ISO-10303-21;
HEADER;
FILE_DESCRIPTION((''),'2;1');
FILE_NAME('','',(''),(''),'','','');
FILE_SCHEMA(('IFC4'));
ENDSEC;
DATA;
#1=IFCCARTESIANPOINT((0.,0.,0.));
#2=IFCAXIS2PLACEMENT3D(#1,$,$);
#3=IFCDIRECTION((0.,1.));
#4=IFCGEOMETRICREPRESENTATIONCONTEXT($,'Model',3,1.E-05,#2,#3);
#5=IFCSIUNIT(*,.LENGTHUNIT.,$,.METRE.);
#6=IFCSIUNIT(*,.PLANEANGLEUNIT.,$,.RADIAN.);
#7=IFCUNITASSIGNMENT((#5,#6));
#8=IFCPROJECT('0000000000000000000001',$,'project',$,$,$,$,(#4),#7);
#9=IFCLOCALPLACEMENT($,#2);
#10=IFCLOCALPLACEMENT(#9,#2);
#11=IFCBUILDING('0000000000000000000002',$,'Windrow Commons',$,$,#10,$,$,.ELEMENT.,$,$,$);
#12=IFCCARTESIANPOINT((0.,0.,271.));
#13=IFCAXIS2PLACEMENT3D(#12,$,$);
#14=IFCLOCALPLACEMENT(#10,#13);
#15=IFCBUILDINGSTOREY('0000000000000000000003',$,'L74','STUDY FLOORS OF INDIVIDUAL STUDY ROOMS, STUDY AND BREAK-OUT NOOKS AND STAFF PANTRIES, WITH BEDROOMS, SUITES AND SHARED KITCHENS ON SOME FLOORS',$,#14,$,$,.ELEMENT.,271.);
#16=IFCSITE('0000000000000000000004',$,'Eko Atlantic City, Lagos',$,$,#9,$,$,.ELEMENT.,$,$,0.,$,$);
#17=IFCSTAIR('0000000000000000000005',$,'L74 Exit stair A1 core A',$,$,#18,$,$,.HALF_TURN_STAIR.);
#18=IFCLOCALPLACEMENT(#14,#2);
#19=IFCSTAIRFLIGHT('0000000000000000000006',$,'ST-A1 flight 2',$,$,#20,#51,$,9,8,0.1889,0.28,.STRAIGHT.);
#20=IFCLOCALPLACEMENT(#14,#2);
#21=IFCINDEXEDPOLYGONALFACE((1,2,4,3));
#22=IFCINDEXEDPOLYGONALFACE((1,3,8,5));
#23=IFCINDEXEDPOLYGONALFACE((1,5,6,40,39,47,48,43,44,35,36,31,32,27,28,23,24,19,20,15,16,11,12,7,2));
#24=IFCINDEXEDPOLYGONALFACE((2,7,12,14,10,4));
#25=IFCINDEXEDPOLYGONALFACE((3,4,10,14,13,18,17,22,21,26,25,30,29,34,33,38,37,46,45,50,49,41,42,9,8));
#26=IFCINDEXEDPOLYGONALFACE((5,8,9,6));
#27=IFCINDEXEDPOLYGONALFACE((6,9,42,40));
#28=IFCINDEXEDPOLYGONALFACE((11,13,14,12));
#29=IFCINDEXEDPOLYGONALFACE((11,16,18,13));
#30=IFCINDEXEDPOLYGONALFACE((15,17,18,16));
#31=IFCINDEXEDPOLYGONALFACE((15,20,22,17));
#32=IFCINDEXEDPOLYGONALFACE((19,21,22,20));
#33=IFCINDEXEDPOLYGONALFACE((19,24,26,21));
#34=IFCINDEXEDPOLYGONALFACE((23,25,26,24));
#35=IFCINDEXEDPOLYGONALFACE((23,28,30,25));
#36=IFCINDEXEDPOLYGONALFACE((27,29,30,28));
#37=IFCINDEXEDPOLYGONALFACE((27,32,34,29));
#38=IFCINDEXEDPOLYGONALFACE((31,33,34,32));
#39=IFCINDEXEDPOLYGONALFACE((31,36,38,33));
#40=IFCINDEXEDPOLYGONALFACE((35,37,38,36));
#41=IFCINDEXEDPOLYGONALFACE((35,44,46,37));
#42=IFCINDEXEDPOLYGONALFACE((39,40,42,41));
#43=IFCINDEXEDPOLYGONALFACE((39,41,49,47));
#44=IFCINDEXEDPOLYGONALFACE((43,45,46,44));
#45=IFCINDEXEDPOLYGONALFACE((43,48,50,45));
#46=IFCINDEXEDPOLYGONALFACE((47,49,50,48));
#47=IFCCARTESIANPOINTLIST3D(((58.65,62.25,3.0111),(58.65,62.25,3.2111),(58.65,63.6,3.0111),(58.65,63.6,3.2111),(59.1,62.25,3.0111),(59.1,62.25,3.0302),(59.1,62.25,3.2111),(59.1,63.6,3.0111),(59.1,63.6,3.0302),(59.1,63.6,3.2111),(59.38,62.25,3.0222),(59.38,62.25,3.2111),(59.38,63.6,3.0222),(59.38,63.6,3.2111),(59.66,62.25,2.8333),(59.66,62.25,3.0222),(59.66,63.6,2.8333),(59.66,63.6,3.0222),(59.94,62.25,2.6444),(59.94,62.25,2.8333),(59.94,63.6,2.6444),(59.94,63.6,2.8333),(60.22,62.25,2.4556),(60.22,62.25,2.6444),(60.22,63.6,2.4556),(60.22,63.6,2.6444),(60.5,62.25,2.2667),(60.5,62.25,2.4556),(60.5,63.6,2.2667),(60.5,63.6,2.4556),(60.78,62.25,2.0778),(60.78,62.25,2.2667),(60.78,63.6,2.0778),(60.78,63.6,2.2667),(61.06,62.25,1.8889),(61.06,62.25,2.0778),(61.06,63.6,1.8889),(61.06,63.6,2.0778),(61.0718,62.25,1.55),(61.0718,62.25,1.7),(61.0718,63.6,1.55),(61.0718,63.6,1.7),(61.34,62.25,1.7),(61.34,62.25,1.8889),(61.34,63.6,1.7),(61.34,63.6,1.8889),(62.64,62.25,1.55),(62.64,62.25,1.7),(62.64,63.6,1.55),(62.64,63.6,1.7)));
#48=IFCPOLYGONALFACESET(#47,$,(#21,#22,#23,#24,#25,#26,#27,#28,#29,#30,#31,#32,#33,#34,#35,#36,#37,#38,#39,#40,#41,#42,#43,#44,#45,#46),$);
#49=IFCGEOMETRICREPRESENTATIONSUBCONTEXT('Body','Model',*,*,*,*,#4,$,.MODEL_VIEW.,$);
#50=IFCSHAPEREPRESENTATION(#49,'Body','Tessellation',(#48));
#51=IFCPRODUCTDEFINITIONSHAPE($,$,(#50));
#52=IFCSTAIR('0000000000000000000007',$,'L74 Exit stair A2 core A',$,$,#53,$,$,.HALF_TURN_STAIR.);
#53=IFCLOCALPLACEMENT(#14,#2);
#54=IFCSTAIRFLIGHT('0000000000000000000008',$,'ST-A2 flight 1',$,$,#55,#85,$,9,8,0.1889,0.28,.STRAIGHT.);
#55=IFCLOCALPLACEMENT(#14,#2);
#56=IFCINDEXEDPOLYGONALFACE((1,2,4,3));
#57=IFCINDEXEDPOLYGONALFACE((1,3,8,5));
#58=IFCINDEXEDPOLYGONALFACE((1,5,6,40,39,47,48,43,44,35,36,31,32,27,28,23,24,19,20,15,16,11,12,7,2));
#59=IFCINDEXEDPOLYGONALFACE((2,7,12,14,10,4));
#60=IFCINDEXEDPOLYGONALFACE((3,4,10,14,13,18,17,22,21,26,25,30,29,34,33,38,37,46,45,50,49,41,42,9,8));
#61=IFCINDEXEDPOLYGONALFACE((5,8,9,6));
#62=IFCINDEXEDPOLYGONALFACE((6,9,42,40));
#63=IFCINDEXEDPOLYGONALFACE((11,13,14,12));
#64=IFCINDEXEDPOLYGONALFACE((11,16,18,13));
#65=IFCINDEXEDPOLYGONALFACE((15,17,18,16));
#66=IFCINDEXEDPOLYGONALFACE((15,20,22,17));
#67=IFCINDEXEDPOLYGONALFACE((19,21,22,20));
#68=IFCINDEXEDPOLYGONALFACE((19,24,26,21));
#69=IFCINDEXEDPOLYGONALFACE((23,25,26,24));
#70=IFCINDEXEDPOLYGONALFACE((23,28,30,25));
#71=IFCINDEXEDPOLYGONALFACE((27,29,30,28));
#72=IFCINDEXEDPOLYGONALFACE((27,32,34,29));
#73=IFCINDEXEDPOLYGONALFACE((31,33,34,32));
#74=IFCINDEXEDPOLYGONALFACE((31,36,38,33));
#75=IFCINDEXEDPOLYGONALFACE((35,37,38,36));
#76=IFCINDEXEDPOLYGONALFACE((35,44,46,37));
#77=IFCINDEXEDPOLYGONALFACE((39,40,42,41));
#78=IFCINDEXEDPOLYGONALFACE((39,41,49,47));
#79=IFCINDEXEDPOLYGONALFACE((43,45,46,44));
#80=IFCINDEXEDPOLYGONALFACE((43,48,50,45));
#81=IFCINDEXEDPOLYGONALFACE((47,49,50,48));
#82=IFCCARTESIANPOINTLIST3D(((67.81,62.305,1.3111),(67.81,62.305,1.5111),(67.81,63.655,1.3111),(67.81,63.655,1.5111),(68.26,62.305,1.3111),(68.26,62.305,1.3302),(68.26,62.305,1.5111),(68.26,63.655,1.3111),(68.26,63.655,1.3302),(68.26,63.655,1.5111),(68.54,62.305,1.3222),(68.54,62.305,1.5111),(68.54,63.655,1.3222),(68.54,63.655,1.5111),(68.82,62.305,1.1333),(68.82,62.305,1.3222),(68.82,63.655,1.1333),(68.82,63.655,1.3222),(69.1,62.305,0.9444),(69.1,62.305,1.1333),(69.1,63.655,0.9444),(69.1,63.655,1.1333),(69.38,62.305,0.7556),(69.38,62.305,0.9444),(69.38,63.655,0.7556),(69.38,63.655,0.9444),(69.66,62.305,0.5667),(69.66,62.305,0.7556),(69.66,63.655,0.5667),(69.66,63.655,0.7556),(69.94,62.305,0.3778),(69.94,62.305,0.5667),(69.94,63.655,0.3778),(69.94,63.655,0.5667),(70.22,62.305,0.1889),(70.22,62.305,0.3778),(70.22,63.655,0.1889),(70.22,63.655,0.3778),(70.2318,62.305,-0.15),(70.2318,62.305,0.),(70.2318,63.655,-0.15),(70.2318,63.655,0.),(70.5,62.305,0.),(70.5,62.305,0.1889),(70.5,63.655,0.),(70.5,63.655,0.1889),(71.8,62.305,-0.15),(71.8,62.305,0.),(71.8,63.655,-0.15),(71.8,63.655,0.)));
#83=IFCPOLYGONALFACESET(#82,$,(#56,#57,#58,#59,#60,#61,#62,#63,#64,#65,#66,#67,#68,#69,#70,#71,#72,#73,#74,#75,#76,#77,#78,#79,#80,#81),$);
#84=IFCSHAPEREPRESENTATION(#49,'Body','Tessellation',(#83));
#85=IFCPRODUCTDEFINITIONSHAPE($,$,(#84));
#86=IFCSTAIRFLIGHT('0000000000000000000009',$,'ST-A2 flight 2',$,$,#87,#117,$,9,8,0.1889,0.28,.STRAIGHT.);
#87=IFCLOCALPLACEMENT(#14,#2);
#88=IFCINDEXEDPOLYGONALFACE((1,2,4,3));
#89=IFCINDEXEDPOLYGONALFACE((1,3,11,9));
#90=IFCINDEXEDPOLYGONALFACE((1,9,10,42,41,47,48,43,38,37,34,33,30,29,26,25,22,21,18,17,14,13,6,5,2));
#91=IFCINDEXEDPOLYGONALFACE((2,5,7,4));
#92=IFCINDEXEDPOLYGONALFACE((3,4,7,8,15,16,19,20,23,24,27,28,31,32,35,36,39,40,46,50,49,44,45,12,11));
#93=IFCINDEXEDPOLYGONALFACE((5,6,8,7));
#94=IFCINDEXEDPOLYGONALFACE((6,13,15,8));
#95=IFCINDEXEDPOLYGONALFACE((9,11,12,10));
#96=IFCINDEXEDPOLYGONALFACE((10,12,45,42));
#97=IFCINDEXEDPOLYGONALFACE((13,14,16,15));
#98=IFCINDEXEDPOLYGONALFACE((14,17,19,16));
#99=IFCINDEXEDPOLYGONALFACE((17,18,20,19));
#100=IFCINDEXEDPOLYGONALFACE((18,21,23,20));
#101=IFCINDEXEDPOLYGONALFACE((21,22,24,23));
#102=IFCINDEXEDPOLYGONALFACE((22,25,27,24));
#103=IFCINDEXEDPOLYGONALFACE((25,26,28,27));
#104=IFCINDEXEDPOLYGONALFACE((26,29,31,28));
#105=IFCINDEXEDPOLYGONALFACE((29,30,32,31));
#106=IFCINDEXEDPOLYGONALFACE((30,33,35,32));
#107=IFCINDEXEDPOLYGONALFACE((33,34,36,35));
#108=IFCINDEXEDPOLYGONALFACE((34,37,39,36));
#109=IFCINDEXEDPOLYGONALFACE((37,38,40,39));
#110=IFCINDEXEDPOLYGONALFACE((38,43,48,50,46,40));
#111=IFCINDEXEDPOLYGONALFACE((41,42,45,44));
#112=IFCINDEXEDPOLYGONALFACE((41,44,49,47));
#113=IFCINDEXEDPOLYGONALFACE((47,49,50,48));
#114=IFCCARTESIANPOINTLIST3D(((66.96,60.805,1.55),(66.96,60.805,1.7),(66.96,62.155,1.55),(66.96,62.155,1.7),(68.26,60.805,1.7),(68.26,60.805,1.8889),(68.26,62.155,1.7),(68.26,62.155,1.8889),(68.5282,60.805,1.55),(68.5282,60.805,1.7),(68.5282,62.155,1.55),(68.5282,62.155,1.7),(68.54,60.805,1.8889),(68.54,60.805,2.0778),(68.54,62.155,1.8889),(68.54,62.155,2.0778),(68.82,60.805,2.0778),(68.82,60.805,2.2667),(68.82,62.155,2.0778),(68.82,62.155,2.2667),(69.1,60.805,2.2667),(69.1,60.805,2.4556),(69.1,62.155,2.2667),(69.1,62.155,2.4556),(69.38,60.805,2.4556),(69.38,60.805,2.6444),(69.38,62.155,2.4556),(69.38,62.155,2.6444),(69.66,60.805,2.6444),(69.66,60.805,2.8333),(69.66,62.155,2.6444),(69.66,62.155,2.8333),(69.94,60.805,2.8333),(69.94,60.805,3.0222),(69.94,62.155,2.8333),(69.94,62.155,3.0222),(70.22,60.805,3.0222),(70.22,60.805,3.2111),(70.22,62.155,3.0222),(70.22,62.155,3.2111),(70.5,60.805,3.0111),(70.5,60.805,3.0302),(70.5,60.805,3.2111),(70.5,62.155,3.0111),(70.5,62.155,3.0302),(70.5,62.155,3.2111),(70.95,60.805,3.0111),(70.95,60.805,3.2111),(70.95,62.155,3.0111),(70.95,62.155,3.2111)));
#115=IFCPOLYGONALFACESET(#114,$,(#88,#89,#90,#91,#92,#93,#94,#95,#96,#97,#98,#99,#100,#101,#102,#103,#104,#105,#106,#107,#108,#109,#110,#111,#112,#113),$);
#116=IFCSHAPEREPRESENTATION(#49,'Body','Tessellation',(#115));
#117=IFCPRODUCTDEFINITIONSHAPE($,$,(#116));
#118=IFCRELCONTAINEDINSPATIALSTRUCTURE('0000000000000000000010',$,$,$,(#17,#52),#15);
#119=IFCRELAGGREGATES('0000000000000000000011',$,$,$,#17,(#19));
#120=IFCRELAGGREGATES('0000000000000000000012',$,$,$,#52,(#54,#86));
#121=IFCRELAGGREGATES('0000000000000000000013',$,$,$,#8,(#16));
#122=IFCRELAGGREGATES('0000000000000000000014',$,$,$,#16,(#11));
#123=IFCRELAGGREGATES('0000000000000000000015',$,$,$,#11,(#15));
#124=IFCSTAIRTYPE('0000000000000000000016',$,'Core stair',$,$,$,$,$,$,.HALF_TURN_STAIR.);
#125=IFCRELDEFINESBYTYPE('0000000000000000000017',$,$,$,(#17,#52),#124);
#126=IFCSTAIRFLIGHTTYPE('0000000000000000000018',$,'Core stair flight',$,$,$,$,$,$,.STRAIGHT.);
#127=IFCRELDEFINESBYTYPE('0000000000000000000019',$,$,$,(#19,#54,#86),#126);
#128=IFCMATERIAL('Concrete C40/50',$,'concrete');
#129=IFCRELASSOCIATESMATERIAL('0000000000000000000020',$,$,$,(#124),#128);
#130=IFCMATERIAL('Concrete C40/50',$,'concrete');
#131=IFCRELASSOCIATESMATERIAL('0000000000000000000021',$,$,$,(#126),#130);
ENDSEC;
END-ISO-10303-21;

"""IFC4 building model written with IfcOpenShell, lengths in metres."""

from ifc_helpers import new_model, si_unit, direction, frame, origin, place, context, subcontext, project, spatial, polyline, outline, extrude, material, type_object, element, aggregate, save


model = new_model("IFC4")

# Units and contexts
model_context = context("Model", 3, precision=1e-05, world=origin(), true_north=direction((0.0, 1.0)))
body_context = subcontext(model_context, "Body", "Model", "MODEL_VIEW")
ifc_project = project(units=[si_unit("LENGTHUNIT", "METRE"), si_unit("PLANEANGLEUNIT", "RADIAN")], contexts=[model_context])

# Site, building, storey
site_placement = place(None, origin())
site = spatial("IfcSite", under=ifc_project, at=site_placement, Name="Eko Atlantic City, Lagos", CompositionType="ELEMENT", RefElevation=0.0)
building_placement = place(site_placement, origin())
building = spatial("IfcBuilding", under=site, at=building_placement, Name="Windrow Commons", CompositionType="ELEMENT")
storey_placement = place(building_placement, frame((0.0, 0.0, 271.0)))
storey = spatial("IfcBuildingStorey", under=building, at=storey_placement, Name="L74", Description="STUDY FLOORS OF INDIVIDUAL STUDY ROOMS, STUDY AND BREAK-OUT NOOKS AND STAFF PANTRIES, WITH BEDROOMS, SUITES AND SHARED KITCHENS ON SOME FLOORS", CompositionType="ELEMENT", Elevation=271.0)

# Stair, stair flight
ifc_material_1 = material(Name="Concrete C40/50", Category="concrete")
stair_type = type_object("IfcStairType", Name="Core stair", PredefinedType="HALF_TURN_STAIR", material=ifc_material_1)
placement = place(storey_placement, origin())
stair_1 = element("IfcStair", 1, at=placement, inside=storey, type_object=stair_type, Name="L74 Exit stair A1 core A", PredefinedType="HALF_TURN_STAIR")
ifc_material_2 = material(Name="Concrete C40/50", Category="concrete")
stair_flight_type = type_object("IfcStairFlightType", Name="Core stair flight", PredefinedType="STRAIGHT", material=ifc_material_2)
stair_flight_1_placement = place(storey_placement, frame((61.34, 62.925, 1.7), z_axis=(0.0, 0.0, 1.0), x_axis=(-1.0, 0.0, 0.0)))
stair_flight_1 = element("IfcStairFlight", 2, at=stair_flight_1_placement, type_object=stair_flight_type, Name="ST-A1 flight 2", NumberOfRisers=9, NumberOfTreads=8, PredefinedType="STRAIGHT", RiserHeight=0.1889, TreadLength=0.28, context=body_context, shape_type="SweptSolid", body=[
    extrude(outline(polyline([(-1.3, -0.15), (-1.3, 0.0), (0.0, 0.0), (0.0, 0.1889), (0.28, 0.1889), (0.28, 0.3778), (0.56, 0.3778), (0.56, 0.5667), (0.84, 0.5667), (0.84, 0.7556), (1.12, 0.7556), (1.12, 0.9444), (1.4, 0.9444), (1.4, 1.1333), (1.68, 1.1333), (1.68, 1.3222), (1.96, 1.3222), (1.96, 1.5111), (2.24, 1.5111), (2.69, 1.5111), (2.69, 1.3111), (2.24, 1.3111), (2.24, 1.3302), (0.2682, 0.0), (0.2682, -0.15), (-1.3, -0.15)])), frame((0.0, 0.675, 0.0), z_axis=(0.0, -1.0, 0.0), x_axis=(1.0, 0.0, 0.0)), (0.0, 0.0, 1.0), 1.35),
])
aggregate(stair_1, [stair_flight_1])

# Stair, stair flights
stair_2 = element("IfcStair", 3, at=placement, inside=storey, type_object=stair_type, Name="L74 Exit stair A2 core A", PredefinedType="HALF_TURN_STAIR")
stair_flight_2_placement = place(storey_placement, frame((70.5, 62.98, 0.0), z_axis=(0.0, 0.0, 1.0), x_axis=(-1.0, 0.0, 0.0)))
stair_flight_2 = element("IfcStairFlight", 4, at=stair_flight_2_placement, type_object=stair_flight_type, Name="ST-A2 flight 1", NumberOfRisers=9, NumberOfTreads=8, PredefinedType="STRAIGHT", RiserHeight=0.1889, TreadLength=0.28, context=body_context, shape_type="SweptSolid", body=[
    extrude(outline(polyline([(-1.3, -0.15), (-1.3, 0.0), (0.0, 0.0), (0.0, 0.1889), (0.28, 0.1889), (0.28, 0.3778), (0.56, 0.3778), (0.56, 0.5667), (0.84, 0.5667), (0.84, 0.7556), (1.12, 0.7556), (1.12, 0.9444), (1.4, 0.9444), (1.4, 1.1333), (1.68, 1.1333), (1.68, 1.3222), (1.96, 1.3222), (1.96, 1.5111), (2.24, 1.5111), (2.69, 1.5111), (2.69, 1.3111), (2.24, 1.3111), (2.24, 1.3302), (0.2682, 0.0), (0.2682, -0.15), (-1.3, -0.15)])), frame((0.0, 0.675, 0.0), z_axis=(0.0, -1.0, 0.0), x_axis=(1.0, 0.0, 0.0)), (0.0, 0.0, 1.0), 1.35),
])
stair_flight_3_placement = place(storey_placement, frame((68.26, 61.48, 1.7), z_axis=(0.0, 0.0, 1.0), x_axis=(1.0, 0.0, 0.0)))
stair_flight_3 = element("IfcStairFlight", 5, at=stair_flight_3_placement, type_object=stair_flight_type, Name="ST-A2 flight 2", NumberOfRisers=9, NumberOfTreads=8, PredefinedType="STRAIGHT", RiserHeight=0.1889, TreadLength=0.28, context=body_context, shape_type="SweptSolid", body=[
    extrude(outline(polyline([(-1.3, -0.15), (-1.3, 0.0), (0.0, 0.0), (0.0, 0.1889), (0.28, 0.1889), (0.28, 0.3778), (0.56, 0.3778), (0.56, 0.5667), (0.84, 0.5667), (0.84, 0.7556), (1.12, 0.7556), (1.12, 0.9444), (1.4, 0.9444), (1.4, 1.1333), (1.68, 1.1333), (1.68, 1.3222), (1.96, 1.3222), (1.96, 1.5111), (2.24, 1.5111), (2.69, 1.5111), (2.69, 1.3111), (2.24, 1.3111), (2.24, 1.3302), (0.2682, 0.0), (0.2682, -0.15), (-1.3, -0.15)])), frame((0.0, 0.675, 0.0), z_axis=(0.0, -1.0, 0.0), x_axis=(1.0, 0.0, 0.0)), (0.0, 0.0, 1.0), 1.35),
])
aggregate(stair_2, [stair_flight_2, stair_flight_3])

save(model, "model.ifc")
